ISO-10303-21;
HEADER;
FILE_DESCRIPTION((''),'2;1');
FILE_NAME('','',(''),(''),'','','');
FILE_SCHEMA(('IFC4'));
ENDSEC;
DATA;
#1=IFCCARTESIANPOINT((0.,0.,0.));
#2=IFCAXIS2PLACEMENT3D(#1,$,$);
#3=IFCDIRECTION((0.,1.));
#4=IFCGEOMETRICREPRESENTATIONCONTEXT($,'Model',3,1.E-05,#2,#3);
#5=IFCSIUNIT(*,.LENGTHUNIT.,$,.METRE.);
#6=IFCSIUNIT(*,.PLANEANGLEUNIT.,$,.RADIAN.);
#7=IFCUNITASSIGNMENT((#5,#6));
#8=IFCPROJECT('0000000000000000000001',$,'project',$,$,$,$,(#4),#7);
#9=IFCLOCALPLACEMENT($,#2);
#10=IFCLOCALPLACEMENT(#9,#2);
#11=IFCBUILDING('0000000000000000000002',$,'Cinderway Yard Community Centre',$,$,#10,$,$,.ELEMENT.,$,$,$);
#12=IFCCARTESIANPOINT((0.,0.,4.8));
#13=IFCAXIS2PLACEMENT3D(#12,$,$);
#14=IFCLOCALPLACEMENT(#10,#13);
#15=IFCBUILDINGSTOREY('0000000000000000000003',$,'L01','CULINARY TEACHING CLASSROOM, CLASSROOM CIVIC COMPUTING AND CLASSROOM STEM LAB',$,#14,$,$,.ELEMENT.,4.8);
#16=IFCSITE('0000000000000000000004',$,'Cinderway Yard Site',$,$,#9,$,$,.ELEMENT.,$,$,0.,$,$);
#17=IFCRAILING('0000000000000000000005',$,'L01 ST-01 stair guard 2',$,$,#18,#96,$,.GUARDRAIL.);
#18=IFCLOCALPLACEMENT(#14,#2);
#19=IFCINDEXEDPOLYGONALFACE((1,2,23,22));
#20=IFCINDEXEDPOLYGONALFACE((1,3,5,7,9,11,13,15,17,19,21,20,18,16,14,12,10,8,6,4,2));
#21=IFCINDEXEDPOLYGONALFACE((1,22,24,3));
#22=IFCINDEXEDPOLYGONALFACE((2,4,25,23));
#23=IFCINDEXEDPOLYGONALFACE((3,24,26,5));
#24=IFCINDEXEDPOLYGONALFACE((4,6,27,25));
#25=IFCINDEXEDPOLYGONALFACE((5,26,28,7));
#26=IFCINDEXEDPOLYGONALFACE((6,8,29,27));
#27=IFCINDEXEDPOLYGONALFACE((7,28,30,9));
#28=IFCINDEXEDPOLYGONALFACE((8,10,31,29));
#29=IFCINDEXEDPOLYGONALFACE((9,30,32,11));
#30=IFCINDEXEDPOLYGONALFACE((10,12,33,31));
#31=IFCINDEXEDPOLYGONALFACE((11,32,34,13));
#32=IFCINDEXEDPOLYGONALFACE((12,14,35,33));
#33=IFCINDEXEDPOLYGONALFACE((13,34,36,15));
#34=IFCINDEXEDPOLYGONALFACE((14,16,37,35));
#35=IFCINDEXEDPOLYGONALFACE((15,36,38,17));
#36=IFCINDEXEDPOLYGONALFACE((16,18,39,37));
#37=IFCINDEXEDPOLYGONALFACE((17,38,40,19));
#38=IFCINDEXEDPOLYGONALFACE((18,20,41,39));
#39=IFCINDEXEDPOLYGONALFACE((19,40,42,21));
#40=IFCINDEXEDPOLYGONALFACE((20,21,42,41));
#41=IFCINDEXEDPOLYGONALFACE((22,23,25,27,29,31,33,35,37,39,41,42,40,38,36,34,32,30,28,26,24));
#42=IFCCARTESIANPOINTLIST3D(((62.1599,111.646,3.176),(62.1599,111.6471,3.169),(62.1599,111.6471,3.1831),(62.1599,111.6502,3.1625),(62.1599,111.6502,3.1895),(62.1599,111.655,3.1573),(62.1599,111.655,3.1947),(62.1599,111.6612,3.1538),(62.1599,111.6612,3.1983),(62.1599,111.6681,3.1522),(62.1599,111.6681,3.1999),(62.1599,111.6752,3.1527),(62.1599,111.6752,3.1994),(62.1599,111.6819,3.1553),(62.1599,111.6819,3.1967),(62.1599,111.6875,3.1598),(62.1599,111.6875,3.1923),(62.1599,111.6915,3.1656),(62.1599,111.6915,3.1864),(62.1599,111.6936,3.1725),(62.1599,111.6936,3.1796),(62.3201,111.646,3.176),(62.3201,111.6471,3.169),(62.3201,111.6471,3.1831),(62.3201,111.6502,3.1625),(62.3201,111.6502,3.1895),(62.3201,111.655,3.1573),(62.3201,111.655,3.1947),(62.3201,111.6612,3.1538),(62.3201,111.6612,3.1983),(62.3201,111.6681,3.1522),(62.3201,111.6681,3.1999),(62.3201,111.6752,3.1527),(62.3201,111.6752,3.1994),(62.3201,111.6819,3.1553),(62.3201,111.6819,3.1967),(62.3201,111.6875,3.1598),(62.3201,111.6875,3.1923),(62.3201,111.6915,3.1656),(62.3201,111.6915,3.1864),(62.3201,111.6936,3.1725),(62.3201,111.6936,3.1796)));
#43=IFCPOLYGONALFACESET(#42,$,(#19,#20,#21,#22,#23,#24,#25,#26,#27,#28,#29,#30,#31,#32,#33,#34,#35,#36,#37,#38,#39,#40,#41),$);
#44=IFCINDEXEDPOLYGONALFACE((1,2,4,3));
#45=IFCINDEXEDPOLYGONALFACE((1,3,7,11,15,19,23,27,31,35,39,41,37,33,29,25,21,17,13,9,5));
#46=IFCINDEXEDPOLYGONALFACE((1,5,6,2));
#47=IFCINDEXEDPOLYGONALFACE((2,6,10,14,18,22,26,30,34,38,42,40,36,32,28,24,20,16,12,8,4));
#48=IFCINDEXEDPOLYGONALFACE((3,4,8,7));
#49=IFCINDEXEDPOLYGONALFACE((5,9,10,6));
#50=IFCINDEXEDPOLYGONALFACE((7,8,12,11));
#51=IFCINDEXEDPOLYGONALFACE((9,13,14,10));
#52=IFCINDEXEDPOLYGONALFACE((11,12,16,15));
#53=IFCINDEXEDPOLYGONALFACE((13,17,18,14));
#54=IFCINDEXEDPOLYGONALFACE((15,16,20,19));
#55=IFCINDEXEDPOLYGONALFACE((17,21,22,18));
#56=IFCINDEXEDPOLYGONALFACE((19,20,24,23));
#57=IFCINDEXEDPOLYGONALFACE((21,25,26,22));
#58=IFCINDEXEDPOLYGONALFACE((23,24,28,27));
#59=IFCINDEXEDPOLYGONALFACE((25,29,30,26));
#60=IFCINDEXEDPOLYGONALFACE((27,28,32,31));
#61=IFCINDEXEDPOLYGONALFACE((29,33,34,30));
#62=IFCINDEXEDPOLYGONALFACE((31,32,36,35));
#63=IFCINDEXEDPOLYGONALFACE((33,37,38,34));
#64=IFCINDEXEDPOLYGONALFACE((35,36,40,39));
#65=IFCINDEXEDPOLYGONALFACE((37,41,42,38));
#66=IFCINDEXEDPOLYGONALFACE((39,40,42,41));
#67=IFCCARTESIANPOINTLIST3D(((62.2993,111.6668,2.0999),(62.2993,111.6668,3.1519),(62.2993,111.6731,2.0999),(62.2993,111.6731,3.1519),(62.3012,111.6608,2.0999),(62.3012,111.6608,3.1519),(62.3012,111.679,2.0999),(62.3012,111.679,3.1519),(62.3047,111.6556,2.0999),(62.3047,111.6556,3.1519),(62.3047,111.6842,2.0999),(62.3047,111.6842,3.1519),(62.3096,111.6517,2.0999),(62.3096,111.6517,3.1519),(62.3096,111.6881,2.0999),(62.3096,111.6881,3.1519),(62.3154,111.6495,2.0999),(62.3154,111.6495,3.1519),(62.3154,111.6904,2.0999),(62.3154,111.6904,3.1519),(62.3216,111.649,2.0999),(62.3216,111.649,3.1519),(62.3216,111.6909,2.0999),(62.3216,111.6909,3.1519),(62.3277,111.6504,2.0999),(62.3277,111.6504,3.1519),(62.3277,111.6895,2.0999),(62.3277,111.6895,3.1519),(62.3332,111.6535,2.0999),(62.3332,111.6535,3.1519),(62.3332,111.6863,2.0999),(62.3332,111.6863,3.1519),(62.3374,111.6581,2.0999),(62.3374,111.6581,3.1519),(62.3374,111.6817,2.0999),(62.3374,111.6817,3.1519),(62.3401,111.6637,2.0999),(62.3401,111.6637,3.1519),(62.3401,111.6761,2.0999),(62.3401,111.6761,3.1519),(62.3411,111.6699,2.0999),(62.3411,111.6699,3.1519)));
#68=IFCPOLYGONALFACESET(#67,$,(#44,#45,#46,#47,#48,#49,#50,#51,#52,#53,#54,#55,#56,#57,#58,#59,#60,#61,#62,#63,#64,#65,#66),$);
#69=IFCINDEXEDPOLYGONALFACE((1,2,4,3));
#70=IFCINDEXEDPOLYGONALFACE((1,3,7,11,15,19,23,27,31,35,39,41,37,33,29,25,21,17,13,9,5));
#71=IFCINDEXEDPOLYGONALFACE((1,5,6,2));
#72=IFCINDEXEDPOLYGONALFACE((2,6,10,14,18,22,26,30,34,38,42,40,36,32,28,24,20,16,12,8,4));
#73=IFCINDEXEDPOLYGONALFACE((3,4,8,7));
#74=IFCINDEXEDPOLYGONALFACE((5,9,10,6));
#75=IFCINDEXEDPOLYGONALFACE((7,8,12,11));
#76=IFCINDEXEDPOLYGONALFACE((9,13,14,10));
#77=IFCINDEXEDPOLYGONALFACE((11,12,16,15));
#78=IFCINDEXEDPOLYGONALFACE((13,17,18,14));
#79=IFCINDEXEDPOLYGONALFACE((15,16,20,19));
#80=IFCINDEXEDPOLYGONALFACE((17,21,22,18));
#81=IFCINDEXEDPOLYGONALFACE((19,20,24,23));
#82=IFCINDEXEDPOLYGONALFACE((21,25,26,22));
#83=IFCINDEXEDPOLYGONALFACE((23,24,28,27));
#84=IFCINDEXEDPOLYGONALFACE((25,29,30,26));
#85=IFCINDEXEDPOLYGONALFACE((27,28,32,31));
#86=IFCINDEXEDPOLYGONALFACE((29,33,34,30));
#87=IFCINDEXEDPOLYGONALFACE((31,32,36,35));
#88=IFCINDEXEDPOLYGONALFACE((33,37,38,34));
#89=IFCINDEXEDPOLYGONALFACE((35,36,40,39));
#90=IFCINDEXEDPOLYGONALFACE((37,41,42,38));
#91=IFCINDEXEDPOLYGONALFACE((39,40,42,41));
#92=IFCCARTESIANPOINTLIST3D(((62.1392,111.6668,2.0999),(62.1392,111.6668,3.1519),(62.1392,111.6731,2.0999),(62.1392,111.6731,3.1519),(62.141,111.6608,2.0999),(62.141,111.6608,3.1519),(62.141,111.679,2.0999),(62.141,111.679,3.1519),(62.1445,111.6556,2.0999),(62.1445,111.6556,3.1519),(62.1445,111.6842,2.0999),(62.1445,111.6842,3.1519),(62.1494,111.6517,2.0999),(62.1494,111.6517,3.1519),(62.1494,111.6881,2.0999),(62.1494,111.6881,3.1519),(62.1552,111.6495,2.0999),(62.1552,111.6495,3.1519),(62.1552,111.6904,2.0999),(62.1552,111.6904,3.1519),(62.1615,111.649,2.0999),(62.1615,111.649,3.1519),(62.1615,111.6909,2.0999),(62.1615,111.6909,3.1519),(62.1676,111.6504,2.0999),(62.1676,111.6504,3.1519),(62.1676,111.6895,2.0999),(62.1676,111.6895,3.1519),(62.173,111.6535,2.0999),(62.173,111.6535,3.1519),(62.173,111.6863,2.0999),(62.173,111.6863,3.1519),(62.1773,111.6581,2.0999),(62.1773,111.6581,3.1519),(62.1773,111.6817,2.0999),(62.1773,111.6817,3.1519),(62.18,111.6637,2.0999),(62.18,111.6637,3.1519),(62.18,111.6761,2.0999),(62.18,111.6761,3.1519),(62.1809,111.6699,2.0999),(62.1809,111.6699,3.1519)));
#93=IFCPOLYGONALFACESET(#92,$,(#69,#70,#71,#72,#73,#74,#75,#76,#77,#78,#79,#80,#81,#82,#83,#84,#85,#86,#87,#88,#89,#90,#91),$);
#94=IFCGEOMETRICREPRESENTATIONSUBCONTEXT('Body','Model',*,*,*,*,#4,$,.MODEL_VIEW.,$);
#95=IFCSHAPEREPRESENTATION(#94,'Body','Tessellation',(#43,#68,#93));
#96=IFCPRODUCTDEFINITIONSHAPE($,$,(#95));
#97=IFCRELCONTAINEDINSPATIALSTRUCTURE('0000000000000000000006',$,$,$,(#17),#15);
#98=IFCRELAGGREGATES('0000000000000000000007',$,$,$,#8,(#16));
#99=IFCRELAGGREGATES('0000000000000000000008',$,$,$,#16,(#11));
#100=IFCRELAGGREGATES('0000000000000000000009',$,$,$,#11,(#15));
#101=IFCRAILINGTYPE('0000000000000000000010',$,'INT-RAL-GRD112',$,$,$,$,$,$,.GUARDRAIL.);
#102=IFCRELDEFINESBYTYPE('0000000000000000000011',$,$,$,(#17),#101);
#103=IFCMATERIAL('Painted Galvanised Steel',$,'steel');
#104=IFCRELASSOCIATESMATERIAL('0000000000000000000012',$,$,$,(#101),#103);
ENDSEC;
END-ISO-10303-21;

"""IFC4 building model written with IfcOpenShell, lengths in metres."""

from ifc_helpers import new_model, si_unit, direction, frame, origin, origin_2d, place, context, subcontext, project, spatial, circle, extrude, material, type_object, element, save


model = new_model("IFC4")

# Units and contexts
model_context = context("Model", 3, precision=1e-05, world=origin(), true_north=direction((0.0, 1.0)))
body_context = subcontext(model_context, "Body", "Model", "MODEL_VIEW")
ifc_project = project(units=[si_unit("LENGTHUNIT", "METRE"), si_unit("PLANEANGLEUNIT", "RADIAN")], contexts=[model_context])

# Site, building, storey
site_placement = place(None, origin())
site = spatial("IfcSite", under=ifc_project, at=site_placement, Name="Cinderway Yard Site", CompositionType="ELEMENT", RefElevation=0.0)
building_placement = place(site_placement, origin())
building = spatial("IfcBuilding", under=site, at=building_placement, Name="Cinderway Yard Community Centre", CompositionType="ELEMENT")
storey_placement = place(building_placement, frame((0.0, 0.0, 4.8)))
storey = spatial("IfcBuildingStorey", under=building, at=storey_placement, Name="L01", Description="CULINARY TEACHING CLASSROOM, CLASSROOM CIVIC COMPUTING AND CLASSROOM STEM LAB", CompositionType="ELEMENT", Elevation=4.8)

# Shared definitions
ifc_material_1 = material(Name="Painted Galvanised Steel", Category="steel")

# Railing
railing_type_1 = type_object("IfcRailingType", Name="INT-RAL-GRD112", PredefinedType="GUARDRAIL", material=ifc_material_1)
railing_1_placement = place(storey_placement, frame((62.3201, 111.6699, 2.0999)))
element("IfcRailing", 1, at=railing_1_placement, inside=storey, type_object=railing_type_1, Name="L01 ST-01 stair guard 2", PredefinedType="GUARDRAIL", context=body_context, shape_type="SweptSolid", body=[
    extrude(circle(Radius=0.0239, at=origin_2d()), frame((0.0, 0.0, 1.0762), z_axis=(-1.0, 0.0, 0.0), x_axis=(0.0, -1.0, 0.0)), (0.0, 0.0, 1.0), 0.1602),
    extrude(circle(Radius=0.021, at=origin_2d()), origin(), (0.0, 0.0, 1.0), 1.052),
    extrude(circle(Radius=0.021, at=origin_2d()), frame((-0.1602, 0.0, 0.0)), (0.0, 0.0, 1.0), 1.052),
])

save(model, "model.ifc")
